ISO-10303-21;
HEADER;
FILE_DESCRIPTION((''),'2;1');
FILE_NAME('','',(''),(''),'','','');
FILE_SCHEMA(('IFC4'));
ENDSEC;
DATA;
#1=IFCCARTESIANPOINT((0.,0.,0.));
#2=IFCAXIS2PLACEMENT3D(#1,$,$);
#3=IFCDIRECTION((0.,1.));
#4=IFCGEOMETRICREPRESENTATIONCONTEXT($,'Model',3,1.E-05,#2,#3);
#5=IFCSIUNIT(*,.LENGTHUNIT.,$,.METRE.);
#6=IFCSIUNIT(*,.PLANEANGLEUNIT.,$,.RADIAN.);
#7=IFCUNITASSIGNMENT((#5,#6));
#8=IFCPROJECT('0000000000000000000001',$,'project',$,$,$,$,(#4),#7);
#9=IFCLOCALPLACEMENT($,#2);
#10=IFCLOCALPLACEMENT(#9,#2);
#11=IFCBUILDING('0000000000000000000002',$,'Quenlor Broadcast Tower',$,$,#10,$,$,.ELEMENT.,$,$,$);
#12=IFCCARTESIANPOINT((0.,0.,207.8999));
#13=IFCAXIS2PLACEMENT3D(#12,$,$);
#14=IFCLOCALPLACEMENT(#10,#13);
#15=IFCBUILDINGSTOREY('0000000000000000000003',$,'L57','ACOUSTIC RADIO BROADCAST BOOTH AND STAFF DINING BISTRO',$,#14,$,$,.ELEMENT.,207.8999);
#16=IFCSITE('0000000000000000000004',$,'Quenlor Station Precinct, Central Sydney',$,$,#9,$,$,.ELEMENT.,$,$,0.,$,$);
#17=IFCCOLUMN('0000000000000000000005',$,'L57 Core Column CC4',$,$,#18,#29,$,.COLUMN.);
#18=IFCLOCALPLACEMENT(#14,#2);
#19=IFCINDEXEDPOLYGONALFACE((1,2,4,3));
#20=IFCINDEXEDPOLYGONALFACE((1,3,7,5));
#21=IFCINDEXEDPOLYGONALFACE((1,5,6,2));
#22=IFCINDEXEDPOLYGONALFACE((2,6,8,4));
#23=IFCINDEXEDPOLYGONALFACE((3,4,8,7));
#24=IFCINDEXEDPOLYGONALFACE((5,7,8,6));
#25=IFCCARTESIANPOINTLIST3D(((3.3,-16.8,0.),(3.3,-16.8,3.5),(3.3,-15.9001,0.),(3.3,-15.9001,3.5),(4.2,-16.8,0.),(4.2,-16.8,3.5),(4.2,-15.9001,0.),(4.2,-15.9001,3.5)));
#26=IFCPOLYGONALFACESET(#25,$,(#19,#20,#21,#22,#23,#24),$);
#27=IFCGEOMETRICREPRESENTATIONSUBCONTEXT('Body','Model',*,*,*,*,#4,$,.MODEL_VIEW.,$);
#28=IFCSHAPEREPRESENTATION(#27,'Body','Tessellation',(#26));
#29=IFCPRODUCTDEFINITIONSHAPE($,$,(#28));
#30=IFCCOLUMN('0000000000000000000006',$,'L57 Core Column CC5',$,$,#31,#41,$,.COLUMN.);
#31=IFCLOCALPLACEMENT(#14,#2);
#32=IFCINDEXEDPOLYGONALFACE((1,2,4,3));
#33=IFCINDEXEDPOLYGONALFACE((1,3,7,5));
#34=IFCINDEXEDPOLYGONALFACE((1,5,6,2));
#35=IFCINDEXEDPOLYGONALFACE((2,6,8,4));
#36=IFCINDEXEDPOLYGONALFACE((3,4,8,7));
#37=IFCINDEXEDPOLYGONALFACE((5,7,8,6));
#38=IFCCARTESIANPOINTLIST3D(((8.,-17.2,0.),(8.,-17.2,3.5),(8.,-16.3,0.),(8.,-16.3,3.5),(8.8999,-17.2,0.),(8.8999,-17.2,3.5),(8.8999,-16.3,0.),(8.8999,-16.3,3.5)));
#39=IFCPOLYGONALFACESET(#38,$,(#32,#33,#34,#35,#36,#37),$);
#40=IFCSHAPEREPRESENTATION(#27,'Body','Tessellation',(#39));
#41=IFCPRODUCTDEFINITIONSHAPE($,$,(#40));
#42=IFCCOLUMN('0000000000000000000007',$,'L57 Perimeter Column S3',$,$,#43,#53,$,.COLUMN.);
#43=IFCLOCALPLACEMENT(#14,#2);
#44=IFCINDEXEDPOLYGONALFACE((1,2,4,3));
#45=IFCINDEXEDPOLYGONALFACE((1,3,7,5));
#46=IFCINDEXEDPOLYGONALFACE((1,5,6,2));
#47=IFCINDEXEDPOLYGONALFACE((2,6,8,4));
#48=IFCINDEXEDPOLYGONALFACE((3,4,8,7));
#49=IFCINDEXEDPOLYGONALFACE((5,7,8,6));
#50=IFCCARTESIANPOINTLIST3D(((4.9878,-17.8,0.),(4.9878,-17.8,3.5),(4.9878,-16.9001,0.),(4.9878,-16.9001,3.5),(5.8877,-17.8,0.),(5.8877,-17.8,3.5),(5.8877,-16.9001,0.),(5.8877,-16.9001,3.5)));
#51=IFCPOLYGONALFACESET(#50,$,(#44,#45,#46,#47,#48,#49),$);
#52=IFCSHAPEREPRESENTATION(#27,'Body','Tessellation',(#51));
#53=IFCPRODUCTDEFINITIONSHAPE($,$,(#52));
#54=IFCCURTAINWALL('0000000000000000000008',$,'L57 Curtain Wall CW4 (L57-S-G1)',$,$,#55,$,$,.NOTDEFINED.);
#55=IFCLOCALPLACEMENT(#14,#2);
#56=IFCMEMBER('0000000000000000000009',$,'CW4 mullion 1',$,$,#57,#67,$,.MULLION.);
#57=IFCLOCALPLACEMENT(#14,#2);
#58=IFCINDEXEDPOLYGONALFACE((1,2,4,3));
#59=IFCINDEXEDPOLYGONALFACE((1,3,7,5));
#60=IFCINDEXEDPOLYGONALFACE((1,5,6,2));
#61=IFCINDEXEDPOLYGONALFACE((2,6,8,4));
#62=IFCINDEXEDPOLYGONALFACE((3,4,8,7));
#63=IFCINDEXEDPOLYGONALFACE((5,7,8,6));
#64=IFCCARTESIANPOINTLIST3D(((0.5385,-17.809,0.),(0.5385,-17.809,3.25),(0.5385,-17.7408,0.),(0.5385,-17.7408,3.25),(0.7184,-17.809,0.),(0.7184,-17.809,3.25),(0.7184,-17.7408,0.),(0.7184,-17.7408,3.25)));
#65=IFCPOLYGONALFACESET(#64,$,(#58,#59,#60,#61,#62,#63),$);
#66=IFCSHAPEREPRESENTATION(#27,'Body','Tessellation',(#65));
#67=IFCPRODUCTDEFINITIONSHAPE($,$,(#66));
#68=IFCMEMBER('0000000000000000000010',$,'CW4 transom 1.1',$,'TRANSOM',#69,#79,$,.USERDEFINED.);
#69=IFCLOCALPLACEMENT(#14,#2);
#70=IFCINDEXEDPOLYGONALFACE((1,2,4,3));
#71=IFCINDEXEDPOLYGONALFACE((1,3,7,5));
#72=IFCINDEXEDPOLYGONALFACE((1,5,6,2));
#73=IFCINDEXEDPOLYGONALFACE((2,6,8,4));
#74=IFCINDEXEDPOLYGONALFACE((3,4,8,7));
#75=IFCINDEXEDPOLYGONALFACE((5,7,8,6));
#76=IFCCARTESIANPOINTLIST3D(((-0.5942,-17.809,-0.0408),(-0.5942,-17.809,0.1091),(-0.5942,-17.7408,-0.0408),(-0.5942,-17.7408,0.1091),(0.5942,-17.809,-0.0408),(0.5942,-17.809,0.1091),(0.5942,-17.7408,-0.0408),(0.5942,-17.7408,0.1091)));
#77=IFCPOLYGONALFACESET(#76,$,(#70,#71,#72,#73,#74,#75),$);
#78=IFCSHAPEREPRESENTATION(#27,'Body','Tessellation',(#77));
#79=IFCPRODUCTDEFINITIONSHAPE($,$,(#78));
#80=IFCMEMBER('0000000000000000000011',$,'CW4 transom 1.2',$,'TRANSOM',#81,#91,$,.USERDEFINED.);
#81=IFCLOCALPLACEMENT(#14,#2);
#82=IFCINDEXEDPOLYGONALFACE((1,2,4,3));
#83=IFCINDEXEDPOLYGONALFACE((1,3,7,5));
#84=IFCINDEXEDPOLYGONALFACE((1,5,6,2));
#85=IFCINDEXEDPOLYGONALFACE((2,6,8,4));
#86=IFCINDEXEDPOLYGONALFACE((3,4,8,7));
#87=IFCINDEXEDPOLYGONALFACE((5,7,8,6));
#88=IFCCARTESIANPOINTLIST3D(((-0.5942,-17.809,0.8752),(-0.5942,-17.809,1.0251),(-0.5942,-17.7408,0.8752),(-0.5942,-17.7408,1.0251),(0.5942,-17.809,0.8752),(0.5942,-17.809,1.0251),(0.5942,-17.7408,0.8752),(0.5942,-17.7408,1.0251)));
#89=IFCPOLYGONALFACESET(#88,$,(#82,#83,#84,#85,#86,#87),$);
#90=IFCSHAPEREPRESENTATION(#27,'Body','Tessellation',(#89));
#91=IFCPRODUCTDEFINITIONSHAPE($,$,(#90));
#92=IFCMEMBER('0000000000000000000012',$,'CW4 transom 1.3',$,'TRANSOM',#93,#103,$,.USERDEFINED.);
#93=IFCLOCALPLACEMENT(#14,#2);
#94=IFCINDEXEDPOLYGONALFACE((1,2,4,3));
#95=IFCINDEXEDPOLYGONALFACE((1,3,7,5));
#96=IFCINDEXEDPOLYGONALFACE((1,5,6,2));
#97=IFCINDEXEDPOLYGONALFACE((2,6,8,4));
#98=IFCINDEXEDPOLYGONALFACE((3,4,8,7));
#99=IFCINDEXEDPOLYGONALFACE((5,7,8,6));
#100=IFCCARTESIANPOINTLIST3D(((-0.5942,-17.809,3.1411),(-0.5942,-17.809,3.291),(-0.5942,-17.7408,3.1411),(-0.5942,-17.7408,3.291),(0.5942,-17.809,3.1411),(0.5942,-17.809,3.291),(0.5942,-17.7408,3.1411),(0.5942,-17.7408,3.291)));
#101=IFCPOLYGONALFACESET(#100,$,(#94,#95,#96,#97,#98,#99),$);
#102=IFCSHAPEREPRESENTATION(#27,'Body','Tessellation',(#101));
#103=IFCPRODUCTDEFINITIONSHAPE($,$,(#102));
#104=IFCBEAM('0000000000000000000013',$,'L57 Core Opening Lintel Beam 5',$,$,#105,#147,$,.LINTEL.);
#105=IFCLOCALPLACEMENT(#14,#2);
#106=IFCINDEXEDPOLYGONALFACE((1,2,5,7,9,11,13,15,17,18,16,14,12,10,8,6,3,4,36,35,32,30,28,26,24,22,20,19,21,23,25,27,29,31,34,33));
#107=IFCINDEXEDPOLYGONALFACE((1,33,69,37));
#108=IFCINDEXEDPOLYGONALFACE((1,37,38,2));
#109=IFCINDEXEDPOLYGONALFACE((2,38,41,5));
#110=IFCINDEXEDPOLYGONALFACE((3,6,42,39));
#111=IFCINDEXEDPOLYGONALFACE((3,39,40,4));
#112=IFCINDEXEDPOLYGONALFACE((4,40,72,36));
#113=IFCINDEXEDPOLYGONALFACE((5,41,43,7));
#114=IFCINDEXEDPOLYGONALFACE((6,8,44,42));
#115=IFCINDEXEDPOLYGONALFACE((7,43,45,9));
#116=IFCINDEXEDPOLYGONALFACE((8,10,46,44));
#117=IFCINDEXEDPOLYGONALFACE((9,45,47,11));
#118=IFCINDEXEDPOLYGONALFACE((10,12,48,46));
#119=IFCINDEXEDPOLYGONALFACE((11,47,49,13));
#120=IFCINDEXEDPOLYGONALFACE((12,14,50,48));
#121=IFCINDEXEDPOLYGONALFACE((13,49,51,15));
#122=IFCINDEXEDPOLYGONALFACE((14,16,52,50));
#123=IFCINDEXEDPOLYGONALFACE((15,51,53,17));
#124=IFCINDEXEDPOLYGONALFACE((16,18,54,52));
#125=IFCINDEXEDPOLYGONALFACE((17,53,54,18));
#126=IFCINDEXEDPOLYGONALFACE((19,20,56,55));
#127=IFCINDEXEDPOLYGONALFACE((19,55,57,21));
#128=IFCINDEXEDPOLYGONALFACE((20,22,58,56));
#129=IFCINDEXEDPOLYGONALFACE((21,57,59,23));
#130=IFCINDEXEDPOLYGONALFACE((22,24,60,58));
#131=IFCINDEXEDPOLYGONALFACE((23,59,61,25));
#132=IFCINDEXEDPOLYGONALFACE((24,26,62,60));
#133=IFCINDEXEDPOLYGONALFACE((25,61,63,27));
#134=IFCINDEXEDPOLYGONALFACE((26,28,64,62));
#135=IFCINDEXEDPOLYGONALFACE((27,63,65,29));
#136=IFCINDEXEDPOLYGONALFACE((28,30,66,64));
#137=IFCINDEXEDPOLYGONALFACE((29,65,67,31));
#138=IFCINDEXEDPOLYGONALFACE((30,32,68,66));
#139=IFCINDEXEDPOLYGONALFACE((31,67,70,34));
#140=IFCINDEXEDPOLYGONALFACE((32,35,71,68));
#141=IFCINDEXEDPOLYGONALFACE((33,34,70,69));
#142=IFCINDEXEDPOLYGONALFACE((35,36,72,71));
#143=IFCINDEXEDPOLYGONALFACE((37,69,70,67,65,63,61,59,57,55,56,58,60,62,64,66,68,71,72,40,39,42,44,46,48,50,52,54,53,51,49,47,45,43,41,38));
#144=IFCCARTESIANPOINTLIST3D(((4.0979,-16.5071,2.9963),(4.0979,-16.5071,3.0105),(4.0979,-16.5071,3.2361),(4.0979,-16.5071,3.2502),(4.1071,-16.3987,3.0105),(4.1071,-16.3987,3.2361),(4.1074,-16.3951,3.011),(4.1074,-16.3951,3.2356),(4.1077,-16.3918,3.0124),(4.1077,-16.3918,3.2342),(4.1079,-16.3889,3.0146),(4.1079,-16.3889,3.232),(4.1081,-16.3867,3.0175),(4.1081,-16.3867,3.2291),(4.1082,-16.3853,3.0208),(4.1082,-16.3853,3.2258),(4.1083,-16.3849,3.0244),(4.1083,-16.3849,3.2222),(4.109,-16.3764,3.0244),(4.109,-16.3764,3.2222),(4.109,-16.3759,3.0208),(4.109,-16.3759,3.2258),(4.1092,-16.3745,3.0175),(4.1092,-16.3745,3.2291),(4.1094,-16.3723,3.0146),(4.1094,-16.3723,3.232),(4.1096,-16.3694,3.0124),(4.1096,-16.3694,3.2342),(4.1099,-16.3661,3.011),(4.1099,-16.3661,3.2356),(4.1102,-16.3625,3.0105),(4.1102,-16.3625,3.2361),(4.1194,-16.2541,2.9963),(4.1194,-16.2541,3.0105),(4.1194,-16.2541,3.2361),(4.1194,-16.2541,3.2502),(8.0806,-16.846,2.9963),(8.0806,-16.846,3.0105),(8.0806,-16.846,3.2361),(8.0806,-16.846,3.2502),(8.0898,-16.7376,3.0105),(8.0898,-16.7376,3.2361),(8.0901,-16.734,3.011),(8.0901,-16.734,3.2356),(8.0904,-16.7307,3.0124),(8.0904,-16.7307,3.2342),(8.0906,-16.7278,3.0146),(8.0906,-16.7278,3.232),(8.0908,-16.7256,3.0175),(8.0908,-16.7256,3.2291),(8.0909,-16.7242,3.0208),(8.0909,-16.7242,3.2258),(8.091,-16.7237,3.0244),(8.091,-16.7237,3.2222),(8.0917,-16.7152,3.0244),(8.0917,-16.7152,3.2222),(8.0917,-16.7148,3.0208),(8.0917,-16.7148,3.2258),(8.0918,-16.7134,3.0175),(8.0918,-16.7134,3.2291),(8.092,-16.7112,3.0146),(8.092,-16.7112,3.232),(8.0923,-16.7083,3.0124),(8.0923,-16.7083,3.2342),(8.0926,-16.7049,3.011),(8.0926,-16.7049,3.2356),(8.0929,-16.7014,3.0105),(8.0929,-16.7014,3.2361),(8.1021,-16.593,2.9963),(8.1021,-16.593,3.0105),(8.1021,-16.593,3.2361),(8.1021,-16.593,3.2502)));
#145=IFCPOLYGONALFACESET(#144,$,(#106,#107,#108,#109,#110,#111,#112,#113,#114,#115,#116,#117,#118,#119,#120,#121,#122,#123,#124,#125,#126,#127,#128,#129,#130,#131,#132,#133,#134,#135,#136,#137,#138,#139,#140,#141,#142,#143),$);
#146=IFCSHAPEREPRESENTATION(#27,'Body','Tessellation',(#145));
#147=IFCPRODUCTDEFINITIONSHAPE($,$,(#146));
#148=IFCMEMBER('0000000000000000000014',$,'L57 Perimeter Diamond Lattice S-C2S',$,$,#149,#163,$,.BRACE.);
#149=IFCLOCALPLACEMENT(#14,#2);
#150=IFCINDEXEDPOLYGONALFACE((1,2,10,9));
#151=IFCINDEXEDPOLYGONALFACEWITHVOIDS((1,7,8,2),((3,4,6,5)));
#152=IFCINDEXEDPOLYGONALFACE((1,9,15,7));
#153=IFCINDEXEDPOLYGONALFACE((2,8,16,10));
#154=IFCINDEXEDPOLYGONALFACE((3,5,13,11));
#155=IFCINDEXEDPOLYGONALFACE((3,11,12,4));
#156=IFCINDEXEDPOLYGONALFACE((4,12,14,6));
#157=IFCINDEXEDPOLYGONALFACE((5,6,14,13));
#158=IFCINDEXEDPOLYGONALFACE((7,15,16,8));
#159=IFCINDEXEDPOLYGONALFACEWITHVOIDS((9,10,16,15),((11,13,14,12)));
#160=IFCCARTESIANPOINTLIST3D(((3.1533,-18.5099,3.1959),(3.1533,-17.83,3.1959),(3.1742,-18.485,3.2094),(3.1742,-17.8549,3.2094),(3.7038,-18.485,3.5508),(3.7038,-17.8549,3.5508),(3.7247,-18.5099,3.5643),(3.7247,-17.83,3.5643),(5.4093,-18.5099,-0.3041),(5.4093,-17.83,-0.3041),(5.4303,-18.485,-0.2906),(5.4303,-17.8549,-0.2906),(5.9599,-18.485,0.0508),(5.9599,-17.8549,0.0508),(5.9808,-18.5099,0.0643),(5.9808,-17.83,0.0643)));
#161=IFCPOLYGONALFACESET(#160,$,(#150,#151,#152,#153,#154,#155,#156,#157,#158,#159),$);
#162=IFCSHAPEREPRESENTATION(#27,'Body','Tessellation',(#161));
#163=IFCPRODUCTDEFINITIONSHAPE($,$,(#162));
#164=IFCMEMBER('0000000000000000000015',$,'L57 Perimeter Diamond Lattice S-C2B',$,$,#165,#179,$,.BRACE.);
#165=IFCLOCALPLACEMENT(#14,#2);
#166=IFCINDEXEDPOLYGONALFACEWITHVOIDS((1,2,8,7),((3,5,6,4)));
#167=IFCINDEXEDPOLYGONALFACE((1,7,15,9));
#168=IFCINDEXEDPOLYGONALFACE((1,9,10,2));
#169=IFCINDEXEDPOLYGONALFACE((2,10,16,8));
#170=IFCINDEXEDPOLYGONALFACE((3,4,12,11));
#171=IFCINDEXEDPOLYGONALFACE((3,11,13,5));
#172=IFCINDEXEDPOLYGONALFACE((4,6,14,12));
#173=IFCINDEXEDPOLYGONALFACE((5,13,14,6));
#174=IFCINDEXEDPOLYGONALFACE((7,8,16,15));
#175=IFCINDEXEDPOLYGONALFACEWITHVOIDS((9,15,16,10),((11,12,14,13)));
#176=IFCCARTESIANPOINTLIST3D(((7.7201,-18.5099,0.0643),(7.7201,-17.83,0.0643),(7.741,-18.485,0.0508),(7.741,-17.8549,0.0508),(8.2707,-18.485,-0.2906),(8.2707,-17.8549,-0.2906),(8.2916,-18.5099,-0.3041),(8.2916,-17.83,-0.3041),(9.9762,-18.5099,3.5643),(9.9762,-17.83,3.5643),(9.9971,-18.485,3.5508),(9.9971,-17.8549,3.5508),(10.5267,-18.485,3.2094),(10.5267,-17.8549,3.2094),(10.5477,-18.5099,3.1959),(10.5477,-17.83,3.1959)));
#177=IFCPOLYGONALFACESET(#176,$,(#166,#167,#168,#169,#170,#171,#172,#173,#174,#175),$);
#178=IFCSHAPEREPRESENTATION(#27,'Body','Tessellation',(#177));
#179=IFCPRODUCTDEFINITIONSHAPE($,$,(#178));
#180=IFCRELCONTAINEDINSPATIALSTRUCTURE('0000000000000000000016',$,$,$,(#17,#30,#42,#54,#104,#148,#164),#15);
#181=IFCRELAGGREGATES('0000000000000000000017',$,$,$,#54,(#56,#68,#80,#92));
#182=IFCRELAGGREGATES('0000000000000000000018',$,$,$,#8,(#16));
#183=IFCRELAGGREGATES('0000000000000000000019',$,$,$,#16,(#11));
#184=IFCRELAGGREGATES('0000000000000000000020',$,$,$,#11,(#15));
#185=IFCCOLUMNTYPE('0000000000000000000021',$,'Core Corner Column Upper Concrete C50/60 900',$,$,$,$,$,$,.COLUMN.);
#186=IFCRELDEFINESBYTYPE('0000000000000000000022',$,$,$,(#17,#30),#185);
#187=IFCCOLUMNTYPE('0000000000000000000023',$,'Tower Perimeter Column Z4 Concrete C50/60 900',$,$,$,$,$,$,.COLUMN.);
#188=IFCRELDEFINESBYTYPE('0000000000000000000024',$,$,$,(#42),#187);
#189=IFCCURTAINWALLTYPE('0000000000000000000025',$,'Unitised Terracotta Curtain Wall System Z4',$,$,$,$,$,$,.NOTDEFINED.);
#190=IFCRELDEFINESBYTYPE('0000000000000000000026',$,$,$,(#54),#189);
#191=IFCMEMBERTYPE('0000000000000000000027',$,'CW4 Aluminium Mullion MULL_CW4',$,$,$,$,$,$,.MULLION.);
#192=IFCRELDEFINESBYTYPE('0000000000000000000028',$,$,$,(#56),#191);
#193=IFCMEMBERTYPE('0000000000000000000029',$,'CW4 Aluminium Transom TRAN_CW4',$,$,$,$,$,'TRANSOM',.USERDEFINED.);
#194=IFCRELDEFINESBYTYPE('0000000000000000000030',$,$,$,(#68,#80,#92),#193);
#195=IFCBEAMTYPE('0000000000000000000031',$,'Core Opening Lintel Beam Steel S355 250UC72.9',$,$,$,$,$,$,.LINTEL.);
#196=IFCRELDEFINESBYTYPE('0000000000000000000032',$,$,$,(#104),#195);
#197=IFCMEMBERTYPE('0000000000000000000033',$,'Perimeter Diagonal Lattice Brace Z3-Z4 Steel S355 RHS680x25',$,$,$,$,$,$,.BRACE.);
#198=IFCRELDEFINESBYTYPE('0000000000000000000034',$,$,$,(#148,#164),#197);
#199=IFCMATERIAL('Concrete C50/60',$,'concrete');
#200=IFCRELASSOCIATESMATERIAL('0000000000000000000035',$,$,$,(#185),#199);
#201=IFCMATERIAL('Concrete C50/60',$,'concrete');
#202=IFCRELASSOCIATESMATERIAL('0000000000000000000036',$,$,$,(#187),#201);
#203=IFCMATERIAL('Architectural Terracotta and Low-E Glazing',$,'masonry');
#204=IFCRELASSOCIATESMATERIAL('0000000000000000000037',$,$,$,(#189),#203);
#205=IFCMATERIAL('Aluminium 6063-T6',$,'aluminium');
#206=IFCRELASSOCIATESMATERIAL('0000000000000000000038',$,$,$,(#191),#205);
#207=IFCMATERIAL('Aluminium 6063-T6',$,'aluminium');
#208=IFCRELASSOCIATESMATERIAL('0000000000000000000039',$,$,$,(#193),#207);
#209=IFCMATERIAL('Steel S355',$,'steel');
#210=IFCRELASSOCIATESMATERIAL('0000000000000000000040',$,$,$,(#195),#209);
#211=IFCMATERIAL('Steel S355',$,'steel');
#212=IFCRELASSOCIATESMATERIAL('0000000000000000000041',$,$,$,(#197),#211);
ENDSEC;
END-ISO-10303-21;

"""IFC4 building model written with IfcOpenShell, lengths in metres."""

from ifc_helpers import new_model, si_unit, direction, frame, origin, origin_2d, place, context, subcontext, project, spatial, rectangle, hollow_rectangle, i_section, extrude, material, material_profile, profile_set, type_object, element, aggregate, save


model = new_model("IFC4")

# Units and contexts
model_context = context("Model", 3, precision=1e-05, world=origin(), true_north=direction((0.0, 1.0)))
body_context = subcontext(model_context, "Body", "Model", "MODEL_VIEW")
ifc_project = project(units=[si_unit("LENGTHUNIT", "METRE"), si_unit("PLANEANGLEUNIT", "RADIAN")], contexts=[model_context])

# Site, building, storey
site_placement = place(None, origin())
site = spatial("IfcSite", under=ifc_project, at=site_placement, Name="Quenlor Station Precinct, Central Sydney", CompositionType="ELEMENT", RefElevation=0.0)
building_placement = place(site_placement, origin())
building = spatial("IfcBuilding", under=site, at=building_placement, Name="Quenlor Broadcast Tower", CompositionType="ELEMENT")
storey_placement = place(building_placement, frame((0.0, 0.0, 207.8999)))
storey = spatial("IfcBuildingStorey", under=building, at=storey_placement, Name="L57", Description="ACOUSTIC RADIO BROADCAST BOOTH AND STAFF DINING BISTRO", CompositionType="ELEMENT", Elevation=207.8999)

# Columns
ifc_material_1 = material(Name="Concrete C50/60", Category="concrete")
ifc_material_profile_1 = material_profile(ifc_material_1, rectangle(XDim=0.8999, YDim=0.8999, at=origin_2d()))
ifc_profile_set_1 = profile_set([ifc_material_profile_1], Name="Concrete C50/60 RC900x900")
column_type_1 = type_object("IfcColumnType", Name="Core Corner Column Upper Concrete C50/60 900", PredefinedType="COLUMN", material=ifc_profile_set_1)
for number, where, z_axis, x_axis, name in (
    (1, (3.75, -16.3501, 0.0), (0.0, 0.0, 1.0), (1.0, 0.0, 0.0), "L57 Core Column CC4"),
    (2, (8.45, -16.75, 0.0), (0.0, 0.0, 1.0), (1.0, 0.0, 0.0), "L57 Core Column CC5"),
):
    element("IfcColumn", number, at=place(storey_placement, frame(where, z_axis=z_axis, x_axis=x_axis)), inside=storey, type_object=column_type_1, Name=name, PredefinedType="COLUMN", context=body_context, shape_type="SweptSolid", body=[
        extrude(rectangle(XDim=0.8999, YDim=0.8999, at=origin_2d()), origin(), (0.0, 0.0, 1.0), 3.5),
    ])
ifc_material_2 = material(Name="Concrete C50/60", Category="concrete")
ifc_material_profile_2 = material_profile(ifc_material_2, rectangle(XDim=0.8999, YDim=0.8999, at=origin_2d()))
ifc_profile_set_2 = profile_set([ifc_material_profile_2], Name="Concrete C50/60 RC900x900")
column_type_2 = type_object("IfcColumnType", Name="Tower Perimeter Column Z4 Concrete C50/60 900", PredefinedType="COLUMN", material=ifc_profile_set_2)
column_placement = place(storey_placement, frame((5.4377, -17.3501, 0.0), z_axis=(0.0, 0.0, 1.0), x_axis=(0.0, 1.0, 0.0)))
element("IfcColumn", 3, at=column_placement, inside=storey, type_object=column_type_2, Name="L57 Perimeter Column S3", PredefinedType="COLUMN", context=body_context, shape_type="SweptSolid", body=[
    extrude(rectangle(XDim=0.8999, YDim=0.8999, at=origin_2d()), origin(), (0.0, 0.0, 1.0), 3.5),
])

# Curtain wall, members
ifc_material_3 = material(Name="Architectural Terracotta and Low-E Glazing", Category="masonry")
curtain_wall_type = type_object("IfcCurtainWallType", Name="Unitised Terracotta Curtain Wall System Z4", PredefinedType="NOTDEFINED", material=ifc_material_3)
curtain_wall_placement = place(storey_placement, origin())
curtain_wall = element("IfcCurtainWall", 4, at=curtain_wall_placement, inside=storey, type_object=curtain_wall_type, Name="L57 Curtain Wall CW4 (L57-S-G1)", PredefinedType="NOTDEFINED")
ifc_material_4 = material(Name="Aluminium 6063-T6", Category="aluminium")
ifc_material_profile_3 = material_profile(ifc_material_4, rectangle(XDim=0.0681, YDim=0.1799, at=origin_2d()))
ifc_profile_set_3 = profile_set([ifc_material_profile_3], Name="Aluminium 6063-T6 MULL68x180")
member_type_1 = type_object("IfcMemberType", Name="CW4 Aluminium Mullion MULL_CW4", PredefinedType="MULLION", material=ifc_profile_set_3)
member_1_placement = place(storey_placement, frame((0.6284, -17.7749, 0.0), z_axis=(0.0, 0.0, 1.0), x_axis=(0.0, -1.0, 0.0)))
member_1 = element("IfcMember", 5, at=member_1_placement, type_object=member_type_1, Name="CW4 mullion 1", PredefinedType="MULLION", context=body_context, shape_type="SweptSolid", body=[
    extrude(rectangle(XDim=0.0681, YDim=0.1799, at=origin_2d()), origin(), (0.0, 0.0, 1.0), 3.25),
])
ifc_material_5 = material(Name="Aluminium 6063-T6", Category="aluminium")
ifc_material_profile_4 = material_profile(ifc_material_5, rectangle(XDim=0.0681, YDim=0.1499, at=origin_2d()))
ifc_profile_set_4 = profile_set([ifc_material_profile_4], Name="Aluminium 6063-T6 TRAN68x150")
member_type_2 = type_object("IfcMemberType", Name="CW4 Aluminium Transom TRAN_CW4", ElementType="TRANSOM", PredefinedType="USERDEFINED", material=ifc_profile_set_4)
member_2_placement = place(storey_placement, frame((0.5942, -17.7749, 0.0342), z_axis=(-1.0, 0.0, 0.0), x_axis=(0.0, -1.0, 0.0)))
member_2 = element("IfcMember", 6, at=member_2_placement, type_object=member_type_2, Name="CW4 transom 1.1", ObjectType="TRANSOM", PredefinedType="USERDEFINED", context=body_context, shape_type="SweptSolid", body=[
    extrude(rectangle(XDim=0.0681, YDim=0.1499, at=origin_2d()), origin(), (0.0, 0.0, 1.0), 1.1885),
])
member_3_placement = place(storey_placement, frame((0.5942, -17.7749, 0.9502), z_axis=(-1.0, 0.0, 0.0), x_axis=(0.0, -1.0, 0.0)))
member_3 = element("IfcMember", 7, at=member_3_placement, type_object=member_type_2, Name="CW4 transom 1.2", ObjectType="TRANSOM", PredefinedType="USERDEFINED", context=body_context, shape_type="SweptSolid", body=[
    extrude(rectangle(XDim=0.0681, YDim=0.1499, at=origin_2d()), origin(), (0.0, 0.0, 1.0), 1.1885),
])
member_4_placement = place(storey_placement, frame((0.5942, -17.7749, 3.2161), z_axis=(-1.0, 0.0, 0.0), x_axis=(0.0, -1.0, 0.0)))
member_4 = element("IfcMember", 8, at=member_4_placement, type_object=member_type_2, Name="CW4 transom 1.3", ObjectType="TRANSOM", PredefinedType="USERDEFINED", context=body_context, shape_type="SweptSolid", body=[
    extrude(rectangle(XDim=0.0681, YDim=0.1499, at=origin_2d()), origin(), (0.0, 0.0, 1.0), 1.1885),
])
aggregate(curtain_wall, [member_1, member_2, member_3, member_4])

# Beam
ifc_material_6 = material(Name="Steel S355", Category="steel")
ifc_material_profile_5 = material_profile(ifc_material_6, i_section(OverallWidth=0.2539, OverallDepth=0.2539, WebThickness=0.0085, FlangeThickness=0.0142, FilletRadius=0.0139, at=origin_2d()))
ifc_profile_set_5 = profile_set([ifc_material_profile_5], Name="Steel S355 250UC72.9")
beam_type_1 = type_object("IfcBeamType", Name="Core Opening Lintel Beam Steel S355 250UC72.9", PredefinedType="LINTEL", material=ifc_profile_set_5)
beam_1_placement = place(storey_placement, frame((4.1086, -16.3806, 3.1233), z_axis=(0.9964, -0.084779, 0.0), x_axis=(0.084779, 0.9964, 0.0)))
element("IfcBeam", 9, at=beam_1_placement, inside=storey, type_object=beam_type_1, Name="L57 Core Opening Lintel Beam 5", PredefinedType="LINTEL", context=body_context, shape_type="SweptSolid", body=[
    extrude(i_section(OverallWidth=0.2539, OverallDepth=0.2539, WebThickness=0.0085, FlangeThickness=0.0142, FilletRadius=0.0139, at=origin_2d()), origin(), (0.0, 0.0, 1.0), 3.9971),
])

# Members
ifc_material_7 = material(Name="Steel S355", Category="steel")
ifc_material_profile_6 = material_profile(ifc_material_7, hollow_rectangle(XDim=0.6799, YDim=0.6799, WallThickness=0.0249, at=origin_2d()))
ifc_profile_set_6 = profile_set([ifc_material_profile_6], Name="Steel S355 RHS680x680x25")
member_type_3 = type_object("IfcMemberType", Name="Perimeter Diagonal Lattice Brace Z3-Z4 Steel S355 RHS680x25", PredefinedType="BRACE", material=ifc_profile_set_6)
for number, where, z_axis, x_axis, name in (
    (10, (5.6951, -18.1699, -0.1199), (-0.541794, 0.0, 0.840511), (0.0, -1.0, 0.0), "L57 Perimeter Diamond Lattice S-C2S"),
    (11, (8.0059, -18.1699, -0.1199), (0.541794, 0.0, 0.840511), (0.0, 1.0, 0.0), "L57 Perimeter Diamond Lattice S-C2B"),
):
    element("IfcMember", number, at=place(storey_placement, frame(where, z_axis=z_axis, x_axis=x_axis)), inside=storey, type_object=member_type_3, Name=name, PredefinedType="BRACE", context=body_context, shape_type="SweptSolid", body=[
        extrude(hollow_rectangle(XDim=0.6799, YDim=0.6799, WallThickness=0.0249, at=origin_2d()), origin(), (0.0, 0.0, 1.0), 4.1641),
    ])

save(model, "model.ifc")
